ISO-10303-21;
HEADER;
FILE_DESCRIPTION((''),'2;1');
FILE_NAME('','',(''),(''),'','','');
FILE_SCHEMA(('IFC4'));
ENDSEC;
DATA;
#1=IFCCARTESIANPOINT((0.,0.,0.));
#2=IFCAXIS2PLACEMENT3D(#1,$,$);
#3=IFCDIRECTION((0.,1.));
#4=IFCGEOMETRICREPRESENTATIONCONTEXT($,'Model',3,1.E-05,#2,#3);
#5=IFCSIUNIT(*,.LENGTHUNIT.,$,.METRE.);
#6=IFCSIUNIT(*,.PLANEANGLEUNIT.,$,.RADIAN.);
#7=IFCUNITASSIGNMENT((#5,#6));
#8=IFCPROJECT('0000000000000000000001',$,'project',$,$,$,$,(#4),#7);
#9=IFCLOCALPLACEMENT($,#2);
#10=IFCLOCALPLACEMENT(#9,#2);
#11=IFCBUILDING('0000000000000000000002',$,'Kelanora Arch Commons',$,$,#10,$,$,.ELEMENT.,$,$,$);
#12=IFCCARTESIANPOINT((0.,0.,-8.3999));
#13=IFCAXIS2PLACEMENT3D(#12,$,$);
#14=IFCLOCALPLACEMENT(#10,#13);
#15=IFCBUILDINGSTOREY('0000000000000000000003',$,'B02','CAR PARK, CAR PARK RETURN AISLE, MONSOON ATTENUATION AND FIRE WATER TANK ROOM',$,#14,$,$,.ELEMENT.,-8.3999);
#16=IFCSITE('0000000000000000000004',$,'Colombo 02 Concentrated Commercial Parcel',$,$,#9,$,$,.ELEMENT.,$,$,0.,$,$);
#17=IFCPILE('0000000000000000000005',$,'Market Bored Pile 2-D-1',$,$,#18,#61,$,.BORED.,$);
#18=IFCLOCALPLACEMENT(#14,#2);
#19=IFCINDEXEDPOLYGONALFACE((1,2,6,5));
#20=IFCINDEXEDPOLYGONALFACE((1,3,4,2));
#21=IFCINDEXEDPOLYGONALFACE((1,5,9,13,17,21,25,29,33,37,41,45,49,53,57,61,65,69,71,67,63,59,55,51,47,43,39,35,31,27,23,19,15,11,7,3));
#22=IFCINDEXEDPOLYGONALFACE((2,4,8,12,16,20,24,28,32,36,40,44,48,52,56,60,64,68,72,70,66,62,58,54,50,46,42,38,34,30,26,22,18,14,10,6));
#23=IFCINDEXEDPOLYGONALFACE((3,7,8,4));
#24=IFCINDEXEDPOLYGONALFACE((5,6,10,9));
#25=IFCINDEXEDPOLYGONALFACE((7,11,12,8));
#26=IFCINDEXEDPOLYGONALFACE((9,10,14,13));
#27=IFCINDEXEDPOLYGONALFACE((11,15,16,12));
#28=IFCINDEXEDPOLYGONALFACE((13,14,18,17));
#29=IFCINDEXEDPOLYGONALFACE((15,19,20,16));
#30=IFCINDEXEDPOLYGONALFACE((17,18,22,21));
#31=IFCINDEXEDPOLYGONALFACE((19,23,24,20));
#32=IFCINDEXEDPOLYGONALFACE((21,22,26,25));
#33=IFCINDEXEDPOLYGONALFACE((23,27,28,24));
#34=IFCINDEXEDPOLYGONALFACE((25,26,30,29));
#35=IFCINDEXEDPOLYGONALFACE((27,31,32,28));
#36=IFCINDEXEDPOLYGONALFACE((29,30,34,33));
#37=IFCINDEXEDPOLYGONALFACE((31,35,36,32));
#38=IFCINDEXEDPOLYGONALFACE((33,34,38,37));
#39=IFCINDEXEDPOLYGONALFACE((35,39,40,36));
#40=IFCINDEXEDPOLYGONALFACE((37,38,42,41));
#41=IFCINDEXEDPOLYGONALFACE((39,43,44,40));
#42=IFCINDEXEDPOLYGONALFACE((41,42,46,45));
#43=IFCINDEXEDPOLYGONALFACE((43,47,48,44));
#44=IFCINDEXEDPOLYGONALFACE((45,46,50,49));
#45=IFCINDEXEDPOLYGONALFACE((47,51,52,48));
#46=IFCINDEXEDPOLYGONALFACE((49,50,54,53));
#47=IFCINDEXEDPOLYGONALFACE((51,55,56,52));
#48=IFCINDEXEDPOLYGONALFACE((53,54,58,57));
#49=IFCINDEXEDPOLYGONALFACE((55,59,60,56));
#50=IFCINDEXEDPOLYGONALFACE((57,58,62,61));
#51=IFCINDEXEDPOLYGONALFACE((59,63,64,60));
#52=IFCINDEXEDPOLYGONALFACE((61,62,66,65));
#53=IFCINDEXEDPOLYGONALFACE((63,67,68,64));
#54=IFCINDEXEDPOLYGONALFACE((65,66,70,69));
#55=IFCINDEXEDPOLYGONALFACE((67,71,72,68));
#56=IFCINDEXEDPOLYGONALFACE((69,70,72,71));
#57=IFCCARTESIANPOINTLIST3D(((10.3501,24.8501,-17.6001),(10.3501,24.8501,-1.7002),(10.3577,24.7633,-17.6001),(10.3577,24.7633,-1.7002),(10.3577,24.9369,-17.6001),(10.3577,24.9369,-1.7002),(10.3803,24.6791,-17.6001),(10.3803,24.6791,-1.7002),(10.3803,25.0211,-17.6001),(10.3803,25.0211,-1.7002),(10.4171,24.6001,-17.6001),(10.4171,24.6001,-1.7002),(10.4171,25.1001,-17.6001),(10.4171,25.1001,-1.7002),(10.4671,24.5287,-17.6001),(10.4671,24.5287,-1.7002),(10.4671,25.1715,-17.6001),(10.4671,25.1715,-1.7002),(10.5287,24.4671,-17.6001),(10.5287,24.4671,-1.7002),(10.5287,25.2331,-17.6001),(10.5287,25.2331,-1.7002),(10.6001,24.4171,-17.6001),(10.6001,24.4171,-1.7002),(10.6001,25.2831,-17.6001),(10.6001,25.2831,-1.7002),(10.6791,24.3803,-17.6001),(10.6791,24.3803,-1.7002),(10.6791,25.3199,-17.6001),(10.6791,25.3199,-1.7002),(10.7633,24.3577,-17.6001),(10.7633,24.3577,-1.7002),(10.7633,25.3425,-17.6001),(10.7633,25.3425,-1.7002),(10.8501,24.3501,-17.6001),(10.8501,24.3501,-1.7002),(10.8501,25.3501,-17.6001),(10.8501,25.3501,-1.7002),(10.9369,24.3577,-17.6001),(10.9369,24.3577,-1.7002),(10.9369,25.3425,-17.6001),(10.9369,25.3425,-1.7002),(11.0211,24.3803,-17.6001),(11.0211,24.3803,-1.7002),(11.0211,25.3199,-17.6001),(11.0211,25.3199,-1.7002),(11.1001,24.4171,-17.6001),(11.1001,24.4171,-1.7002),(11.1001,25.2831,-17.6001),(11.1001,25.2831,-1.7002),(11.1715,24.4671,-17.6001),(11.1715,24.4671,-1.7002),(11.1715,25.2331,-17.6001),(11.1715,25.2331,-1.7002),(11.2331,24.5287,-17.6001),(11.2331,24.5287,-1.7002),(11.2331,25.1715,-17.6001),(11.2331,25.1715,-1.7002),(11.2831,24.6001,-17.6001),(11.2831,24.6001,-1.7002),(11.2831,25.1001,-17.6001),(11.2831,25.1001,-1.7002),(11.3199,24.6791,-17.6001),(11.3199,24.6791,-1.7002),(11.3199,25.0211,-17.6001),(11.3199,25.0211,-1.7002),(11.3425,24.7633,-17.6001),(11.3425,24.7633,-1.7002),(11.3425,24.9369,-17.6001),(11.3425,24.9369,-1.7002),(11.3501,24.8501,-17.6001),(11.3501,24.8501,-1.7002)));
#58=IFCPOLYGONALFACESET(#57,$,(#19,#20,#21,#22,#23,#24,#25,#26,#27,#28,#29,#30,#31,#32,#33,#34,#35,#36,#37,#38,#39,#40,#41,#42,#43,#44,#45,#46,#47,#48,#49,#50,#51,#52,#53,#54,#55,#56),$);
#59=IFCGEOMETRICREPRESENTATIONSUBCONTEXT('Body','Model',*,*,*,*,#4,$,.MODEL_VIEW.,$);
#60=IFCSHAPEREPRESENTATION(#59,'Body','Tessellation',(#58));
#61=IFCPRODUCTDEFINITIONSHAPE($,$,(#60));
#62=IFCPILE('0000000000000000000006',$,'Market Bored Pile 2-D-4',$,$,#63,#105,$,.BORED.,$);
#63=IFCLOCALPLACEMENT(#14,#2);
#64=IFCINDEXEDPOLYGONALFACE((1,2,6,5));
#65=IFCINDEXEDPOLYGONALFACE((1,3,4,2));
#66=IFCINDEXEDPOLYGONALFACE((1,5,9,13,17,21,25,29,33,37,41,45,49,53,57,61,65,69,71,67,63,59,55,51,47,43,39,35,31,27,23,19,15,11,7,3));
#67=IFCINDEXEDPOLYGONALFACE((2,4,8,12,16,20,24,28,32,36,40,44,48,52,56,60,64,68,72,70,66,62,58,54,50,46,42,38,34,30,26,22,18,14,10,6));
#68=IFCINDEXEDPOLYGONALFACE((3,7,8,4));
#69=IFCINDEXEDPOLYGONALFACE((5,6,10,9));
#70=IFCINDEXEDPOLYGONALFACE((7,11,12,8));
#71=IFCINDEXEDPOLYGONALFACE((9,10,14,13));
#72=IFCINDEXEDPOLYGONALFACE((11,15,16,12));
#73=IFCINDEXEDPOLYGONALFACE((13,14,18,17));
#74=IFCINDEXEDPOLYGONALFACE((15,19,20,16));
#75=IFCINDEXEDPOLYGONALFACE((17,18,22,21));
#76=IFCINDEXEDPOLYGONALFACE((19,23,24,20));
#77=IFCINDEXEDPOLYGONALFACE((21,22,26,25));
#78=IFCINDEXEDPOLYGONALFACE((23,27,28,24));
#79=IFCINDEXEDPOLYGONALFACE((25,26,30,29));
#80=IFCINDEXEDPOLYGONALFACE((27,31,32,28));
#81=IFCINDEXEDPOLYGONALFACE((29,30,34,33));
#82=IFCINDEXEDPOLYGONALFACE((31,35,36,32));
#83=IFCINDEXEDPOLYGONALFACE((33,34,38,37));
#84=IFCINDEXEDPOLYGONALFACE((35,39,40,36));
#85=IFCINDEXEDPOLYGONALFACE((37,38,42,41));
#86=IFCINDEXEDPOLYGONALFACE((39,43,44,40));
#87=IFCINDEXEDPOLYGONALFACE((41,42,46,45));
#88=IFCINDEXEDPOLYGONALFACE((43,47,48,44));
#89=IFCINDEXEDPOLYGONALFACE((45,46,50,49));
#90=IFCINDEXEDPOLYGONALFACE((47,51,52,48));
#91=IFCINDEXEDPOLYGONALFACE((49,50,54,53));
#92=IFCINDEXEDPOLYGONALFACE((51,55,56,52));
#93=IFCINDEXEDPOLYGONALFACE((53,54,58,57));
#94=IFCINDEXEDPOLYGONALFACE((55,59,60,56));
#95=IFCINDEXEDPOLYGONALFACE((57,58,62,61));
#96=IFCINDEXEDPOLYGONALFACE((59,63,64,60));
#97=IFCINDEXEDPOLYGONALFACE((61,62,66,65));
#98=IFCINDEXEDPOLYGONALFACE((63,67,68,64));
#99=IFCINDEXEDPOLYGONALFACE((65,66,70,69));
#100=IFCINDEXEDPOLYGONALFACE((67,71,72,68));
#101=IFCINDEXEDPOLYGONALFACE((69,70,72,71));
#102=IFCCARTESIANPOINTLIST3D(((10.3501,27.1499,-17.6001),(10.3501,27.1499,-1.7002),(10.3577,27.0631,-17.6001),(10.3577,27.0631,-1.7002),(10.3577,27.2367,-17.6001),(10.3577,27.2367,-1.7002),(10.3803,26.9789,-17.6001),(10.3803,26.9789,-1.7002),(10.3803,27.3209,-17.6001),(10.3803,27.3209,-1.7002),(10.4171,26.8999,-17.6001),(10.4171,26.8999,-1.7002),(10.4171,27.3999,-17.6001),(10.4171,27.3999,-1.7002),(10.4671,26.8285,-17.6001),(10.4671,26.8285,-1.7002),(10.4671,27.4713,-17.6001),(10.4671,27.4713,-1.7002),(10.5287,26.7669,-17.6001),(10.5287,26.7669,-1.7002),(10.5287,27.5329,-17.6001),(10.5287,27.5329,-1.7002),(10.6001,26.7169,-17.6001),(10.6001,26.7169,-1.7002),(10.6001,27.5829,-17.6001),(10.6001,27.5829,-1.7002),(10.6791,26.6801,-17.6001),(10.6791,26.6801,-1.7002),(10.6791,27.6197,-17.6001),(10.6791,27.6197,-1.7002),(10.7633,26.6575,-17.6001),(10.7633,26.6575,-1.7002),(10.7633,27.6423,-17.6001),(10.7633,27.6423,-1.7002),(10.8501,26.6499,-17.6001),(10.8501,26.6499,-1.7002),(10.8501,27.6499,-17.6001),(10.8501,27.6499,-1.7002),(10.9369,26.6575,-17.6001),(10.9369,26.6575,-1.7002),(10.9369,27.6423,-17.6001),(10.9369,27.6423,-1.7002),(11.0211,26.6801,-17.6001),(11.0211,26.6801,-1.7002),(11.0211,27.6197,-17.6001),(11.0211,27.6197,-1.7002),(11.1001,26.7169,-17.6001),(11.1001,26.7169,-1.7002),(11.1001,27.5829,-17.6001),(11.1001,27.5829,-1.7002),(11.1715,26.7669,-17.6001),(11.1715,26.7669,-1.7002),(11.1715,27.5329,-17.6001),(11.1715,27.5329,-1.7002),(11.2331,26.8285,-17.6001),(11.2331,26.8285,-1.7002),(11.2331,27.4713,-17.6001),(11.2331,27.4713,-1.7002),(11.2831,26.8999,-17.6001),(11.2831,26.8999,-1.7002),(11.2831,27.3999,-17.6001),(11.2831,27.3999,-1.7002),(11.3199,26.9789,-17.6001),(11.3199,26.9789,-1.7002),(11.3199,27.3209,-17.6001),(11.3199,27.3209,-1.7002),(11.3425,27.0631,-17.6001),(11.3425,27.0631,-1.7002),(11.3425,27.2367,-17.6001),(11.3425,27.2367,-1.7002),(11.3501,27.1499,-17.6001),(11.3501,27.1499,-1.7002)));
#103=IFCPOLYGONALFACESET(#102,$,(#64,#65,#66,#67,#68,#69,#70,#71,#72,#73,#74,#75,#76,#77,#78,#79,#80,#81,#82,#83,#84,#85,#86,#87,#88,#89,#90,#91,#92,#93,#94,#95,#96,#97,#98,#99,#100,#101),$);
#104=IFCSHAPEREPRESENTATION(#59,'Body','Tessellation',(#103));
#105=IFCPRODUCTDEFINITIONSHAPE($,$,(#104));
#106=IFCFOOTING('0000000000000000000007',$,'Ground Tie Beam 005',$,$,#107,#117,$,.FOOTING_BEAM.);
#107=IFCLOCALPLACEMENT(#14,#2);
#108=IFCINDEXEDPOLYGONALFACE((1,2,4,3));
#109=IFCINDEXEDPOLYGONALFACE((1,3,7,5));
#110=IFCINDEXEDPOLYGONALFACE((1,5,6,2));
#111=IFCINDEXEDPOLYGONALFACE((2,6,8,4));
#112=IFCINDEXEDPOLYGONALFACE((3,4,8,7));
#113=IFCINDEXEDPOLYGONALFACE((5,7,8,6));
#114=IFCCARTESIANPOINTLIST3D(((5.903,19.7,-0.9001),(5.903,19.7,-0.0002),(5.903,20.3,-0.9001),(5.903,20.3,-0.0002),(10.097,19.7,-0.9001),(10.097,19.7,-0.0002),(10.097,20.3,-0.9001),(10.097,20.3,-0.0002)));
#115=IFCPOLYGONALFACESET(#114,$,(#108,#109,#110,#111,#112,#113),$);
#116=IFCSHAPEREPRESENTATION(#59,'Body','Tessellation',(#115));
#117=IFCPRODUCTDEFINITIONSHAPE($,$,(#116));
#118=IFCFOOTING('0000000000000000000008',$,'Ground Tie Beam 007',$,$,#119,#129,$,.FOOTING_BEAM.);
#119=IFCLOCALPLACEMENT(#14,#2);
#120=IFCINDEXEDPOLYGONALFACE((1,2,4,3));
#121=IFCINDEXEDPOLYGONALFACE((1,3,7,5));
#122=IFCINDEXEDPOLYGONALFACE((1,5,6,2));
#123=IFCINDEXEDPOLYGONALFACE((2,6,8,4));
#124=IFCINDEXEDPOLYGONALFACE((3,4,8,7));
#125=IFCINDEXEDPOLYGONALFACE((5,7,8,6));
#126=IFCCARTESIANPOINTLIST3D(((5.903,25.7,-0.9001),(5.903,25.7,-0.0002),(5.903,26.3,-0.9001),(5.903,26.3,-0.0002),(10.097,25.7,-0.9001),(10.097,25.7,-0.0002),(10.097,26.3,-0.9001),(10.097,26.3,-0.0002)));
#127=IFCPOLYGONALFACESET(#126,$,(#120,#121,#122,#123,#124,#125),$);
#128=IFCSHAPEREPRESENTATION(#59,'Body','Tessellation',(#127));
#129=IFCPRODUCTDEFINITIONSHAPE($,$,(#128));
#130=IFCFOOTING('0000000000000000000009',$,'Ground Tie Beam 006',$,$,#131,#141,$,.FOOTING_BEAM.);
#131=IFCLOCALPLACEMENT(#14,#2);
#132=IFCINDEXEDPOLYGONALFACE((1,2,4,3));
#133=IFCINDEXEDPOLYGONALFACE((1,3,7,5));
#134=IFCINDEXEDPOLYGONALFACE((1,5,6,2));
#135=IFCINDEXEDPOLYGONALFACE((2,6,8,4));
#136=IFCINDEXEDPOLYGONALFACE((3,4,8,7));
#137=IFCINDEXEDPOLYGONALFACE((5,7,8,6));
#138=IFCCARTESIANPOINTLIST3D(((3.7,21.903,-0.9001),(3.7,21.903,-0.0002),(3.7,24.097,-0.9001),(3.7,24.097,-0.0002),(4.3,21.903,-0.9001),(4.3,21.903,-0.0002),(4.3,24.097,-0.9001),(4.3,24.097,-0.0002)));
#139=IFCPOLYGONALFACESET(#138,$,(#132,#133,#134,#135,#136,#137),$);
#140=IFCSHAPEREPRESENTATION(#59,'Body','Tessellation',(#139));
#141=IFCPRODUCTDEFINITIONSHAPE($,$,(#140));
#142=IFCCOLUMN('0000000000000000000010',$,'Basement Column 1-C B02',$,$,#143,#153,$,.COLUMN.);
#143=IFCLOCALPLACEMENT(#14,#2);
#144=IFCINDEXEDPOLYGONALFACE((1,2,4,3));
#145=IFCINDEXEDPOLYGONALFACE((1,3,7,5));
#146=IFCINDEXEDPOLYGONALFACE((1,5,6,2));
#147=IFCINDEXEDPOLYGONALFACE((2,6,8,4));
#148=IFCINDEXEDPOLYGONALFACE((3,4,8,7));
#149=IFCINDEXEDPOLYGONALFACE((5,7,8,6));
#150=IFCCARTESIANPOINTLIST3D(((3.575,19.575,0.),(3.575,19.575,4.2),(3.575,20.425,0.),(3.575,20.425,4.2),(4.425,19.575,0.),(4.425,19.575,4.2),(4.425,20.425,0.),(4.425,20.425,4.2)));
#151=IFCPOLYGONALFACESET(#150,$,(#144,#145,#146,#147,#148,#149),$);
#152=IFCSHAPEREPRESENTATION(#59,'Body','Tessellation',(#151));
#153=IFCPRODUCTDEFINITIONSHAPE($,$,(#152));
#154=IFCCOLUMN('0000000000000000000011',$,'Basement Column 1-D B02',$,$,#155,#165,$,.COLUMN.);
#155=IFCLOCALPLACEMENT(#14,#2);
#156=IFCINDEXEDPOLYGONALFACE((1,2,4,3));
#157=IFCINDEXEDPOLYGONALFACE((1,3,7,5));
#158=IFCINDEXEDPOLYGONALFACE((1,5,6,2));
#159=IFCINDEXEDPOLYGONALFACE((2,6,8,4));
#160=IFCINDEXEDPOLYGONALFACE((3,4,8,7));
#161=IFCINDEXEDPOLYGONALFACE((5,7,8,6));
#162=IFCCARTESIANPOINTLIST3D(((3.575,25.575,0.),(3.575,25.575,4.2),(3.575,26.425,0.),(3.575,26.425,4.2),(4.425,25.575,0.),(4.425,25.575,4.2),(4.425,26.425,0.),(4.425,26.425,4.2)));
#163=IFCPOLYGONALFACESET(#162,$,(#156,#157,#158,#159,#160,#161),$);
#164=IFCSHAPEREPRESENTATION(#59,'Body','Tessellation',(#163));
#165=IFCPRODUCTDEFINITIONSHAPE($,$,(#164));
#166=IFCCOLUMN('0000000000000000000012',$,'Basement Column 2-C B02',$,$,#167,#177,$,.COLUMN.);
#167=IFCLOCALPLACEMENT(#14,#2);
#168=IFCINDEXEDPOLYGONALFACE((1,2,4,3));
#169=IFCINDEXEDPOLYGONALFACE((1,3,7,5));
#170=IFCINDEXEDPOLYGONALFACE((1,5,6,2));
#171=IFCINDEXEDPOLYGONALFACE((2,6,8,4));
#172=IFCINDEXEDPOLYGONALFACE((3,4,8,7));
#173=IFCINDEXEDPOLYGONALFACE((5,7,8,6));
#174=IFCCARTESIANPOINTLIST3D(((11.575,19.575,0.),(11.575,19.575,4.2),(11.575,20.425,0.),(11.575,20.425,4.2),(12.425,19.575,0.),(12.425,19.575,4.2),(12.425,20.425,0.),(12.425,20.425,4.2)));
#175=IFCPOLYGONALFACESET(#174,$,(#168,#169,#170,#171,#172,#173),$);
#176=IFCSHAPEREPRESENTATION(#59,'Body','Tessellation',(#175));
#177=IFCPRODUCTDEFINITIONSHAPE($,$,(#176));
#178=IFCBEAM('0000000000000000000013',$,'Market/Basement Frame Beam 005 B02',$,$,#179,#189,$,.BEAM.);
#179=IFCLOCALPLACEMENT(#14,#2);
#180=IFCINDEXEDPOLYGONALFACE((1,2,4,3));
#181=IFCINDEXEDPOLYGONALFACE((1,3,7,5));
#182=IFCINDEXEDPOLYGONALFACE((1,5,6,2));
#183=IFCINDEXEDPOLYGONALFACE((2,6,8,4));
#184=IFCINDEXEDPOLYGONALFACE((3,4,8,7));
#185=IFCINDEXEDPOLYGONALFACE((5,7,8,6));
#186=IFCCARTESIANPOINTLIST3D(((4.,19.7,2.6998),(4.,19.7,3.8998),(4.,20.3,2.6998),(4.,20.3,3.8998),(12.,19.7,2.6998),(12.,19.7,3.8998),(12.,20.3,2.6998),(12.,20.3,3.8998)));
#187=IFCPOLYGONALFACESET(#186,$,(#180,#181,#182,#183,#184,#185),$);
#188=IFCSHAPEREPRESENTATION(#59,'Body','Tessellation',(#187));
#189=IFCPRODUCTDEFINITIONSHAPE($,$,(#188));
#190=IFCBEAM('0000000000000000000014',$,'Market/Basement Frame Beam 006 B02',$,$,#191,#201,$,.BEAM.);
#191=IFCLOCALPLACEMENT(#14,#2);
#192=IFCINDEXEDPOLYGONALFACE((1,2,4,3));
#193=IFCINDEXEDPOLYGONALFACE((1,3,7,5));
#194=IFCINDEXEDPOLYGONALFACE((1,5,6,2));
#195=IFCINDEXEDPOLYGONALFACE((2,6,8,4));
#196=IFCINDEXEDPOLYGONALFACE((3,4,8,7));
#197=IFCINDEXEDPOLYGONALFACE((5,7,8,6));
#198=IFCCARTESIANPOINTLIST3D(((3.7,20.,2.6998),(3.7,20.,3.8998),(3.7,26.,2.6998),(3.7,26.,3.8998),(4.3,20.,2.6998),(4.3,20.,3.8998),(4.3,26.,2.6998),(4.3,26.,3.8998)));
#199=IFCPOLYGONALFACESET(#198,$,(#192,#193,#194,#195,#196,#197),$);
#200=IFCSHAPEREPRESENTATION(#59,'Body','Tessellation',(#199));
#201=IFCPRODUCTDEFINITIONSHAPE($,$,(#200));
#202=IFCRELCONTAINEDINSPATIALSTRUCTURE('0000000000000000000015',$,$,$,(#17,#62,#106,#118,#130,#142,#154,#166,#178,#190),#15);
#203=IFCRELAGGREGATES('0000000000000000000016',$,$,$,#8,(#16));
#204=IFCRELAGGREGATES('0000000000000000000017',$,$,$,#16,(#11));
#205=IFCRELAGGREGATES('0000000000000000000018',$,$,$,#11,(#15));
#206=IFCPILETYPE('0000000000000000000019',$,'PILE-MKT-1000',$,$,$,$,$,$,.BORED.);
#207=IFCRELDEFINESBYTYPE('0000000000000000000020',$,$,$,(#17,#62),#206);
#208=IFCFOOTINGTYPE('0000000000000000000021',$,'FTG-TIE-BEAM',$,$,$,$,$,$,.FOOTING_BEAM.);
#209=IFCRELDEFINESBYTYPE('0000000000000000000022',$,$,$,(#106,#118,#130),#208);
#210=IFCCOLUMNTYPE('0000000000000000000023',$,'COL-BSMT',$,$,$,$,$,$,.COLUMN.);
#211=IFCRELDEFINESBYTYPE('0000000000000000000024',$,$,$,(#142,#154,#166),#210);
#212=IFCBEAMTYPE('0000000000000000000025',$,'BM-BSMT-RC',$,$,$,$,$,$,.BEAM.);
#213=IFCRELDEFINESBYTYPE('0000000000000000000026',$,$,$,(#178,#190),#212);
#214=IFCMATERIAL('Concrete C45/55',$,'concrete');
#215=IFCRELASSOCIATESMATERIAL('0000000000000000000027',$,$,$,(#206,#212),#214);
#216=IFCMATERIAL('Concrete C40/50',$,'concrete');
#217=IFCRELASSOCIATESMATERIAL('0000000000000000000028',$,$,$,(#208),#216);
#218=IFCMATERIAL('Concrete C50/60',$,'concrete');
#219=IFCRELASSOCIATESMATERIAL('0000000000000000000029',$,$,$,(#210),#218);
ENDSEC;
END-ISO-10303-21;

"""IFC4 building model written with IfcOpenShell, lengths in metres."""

from ifc_helpers import new_model, si_unit, direction, frame, origin, origin_2d, place, context, subcontext, project, spatial, rectangle, circle, extrude, source, transform, mapped, material, material_profile, profile_set, type_object, element, save


model = new_model("IFC4")

# Units and contexts
model_context = context("Model", 3, precision=1e-05, world=origin(), true_north=direction((0.0, 1.0)))
body_context = subcontext(model_context, "Body", "Model", "MODEL_VIEW")
ifc_project = project(units=[si_unit("LENGTHUNIT", "METRE"), si_unit("PLANEANGLEUNIT", "RADIAN")], contexts=[model_context])

# Site, building, storey
site_placement = place(None, origin())
site = spatial("IfcSite", under=ifc_project, at=site_placement, Name="Colombo 02 Concentrated Commercial Parcel", CompositionType="ELEMENT", RefElevation=0.0)
building_placement = place(site_placement, origin())
building = spatial("IfcBuilding", under=site, at=building_placement, Name="Kelanora Arch Commons", CompositionType="ELEMENT")
storey_placement = place(building_placement, frame((0.0, 0.0, -8.3999)))
storey = spatial("IfcBuildingStorey", under=building, at=storey_placement, Name="B02", Description="CAR PARK, CAR PARK RETURN AISLE, MONSOON ATTENUATION AND FIRE WATER TANK ROOM", CompositionType="ELEMENT", Elevation=-8.3999)

# Shared definitions
ifc_material_1 = material(Name="Concrete C40/50", Category="concrete")

# Piles
ifc_material_2 = material(Name="Concrete C45/55", Category="concrete")
ifc_material_profile_1 = material_profile(ifc_material_2, circle(Radius=0.5, at=origin_2d()), Name="PILE1000")
ifc_profile_set_1 = profile_set([ifc_material_profile_1], Name="Concrete C45/55")
pile_type = type_object("IfcPileType", Name="PILE-MKT-1000", PredefinedType="BORED", material=ifc_profile_set_1)
shared_shape_1 = source(origin(), body_context, "Body", "SweptSolid", [
    extrude(circle(Radius=0.5, at=origin_2d()), origin(), (0.0, 0.0, 1.0), 15.8999),
])
for number, where, z_axis, x_axis, name in (
    (1, (10.8501, 24.8501, -1.7002), (0.0, 0.0, -1.0), (1.0, 0.0, 0.0), "Market Bored Pile 2-D-1"),
    (2, (10.8501, 27.1499, -1.7002), (0.0, 0.0, -1.0), (1.0, 0.0, 0.0), "Market Bored Pile 2-D-4"),
):
    element("IfcPile", number, at=place(storey_placement, frame(where, z_axis=z_axis, x_axis=x_axis)), inside=storey, type_object=pile_type, Name=name, PredefinedType="BORED", context=body_context, shape_type="MappedRepresentation", body=[
        mapped(shared_shape_1, transform((0.0, 0.0, 0.0), scale=1.0)),
    ])

# Footings
footing_type_1 = type_object("IfcFootingType", Name="FTG-TIE-BEAM", PredefinedType="FOOTING_BEAM", material=ifc_material_1)
shared_shape_2 = source(origin(), body_context, "Body", "SweptSolid", [
    extrude(rectangle(XDim=4.1941, YDim=0.6001, at=origin_2d()), origin(), (0.0, 0.0, 1.0), 0.8999),
])
for number, where, z_axis, x_axis, name in (
    (3, (8.0, 20.0, -0.9001), (0.0, 0.0, 1.0), (1.0, 0.0, 0.0), "Ground Tie Beam 005"),
    (4, (8.0, 26.0, -0.9001), (0.0, 0.0, 1.0), (1.0, 0.0, 0.0), "Ground Tie Beam 007"),
):
    element("IfcFooting", number, at=place(storey_placement, frame(where, z_axis=z_axis, x_axis=x_axis)), inside=storey, type_object=footing_type_1, Name=name, PredefinedType="FOOTING_BEAM", context=body_context, shape_type="MappedRepresentation", body=[
        mapped(shared_shape_2, transform((0.0, 0.0, 0.0), scale=1.0)),
    ])
shared_shape_3 = source(origin(), body_context, "Body", "SweptSolid", [
    extrude(rectangle(XDim=2.1941, YDim=0.6001, at=origin_2d()), origin(), (0.0, 0.0, 1.0), 0.8999),
])
footing_placement = place(storey_placement, frame((4.0, 23.0, -0.9001), z_axis=(0.0, 0.0, 1.0), x_axis=(0.0, 1.0, 0.0)))
element("IfcFooting", 5, at=footing_placement, inside=storey, type_object=footing_type_1, Name="Ground Tie Beam 006", PredefinedType="FOOTING_BEAM", context=body_context, shape_type="MappedRepresentation", body=[
    mapped(shared_shape_3, transform((0.0, 0.0, 0.0), scale=1.0)),
])

# Columns
ifc_material_3 = material(Name="Concrete C50/60", Category="concrete")
ifc_material_profile_2 = material_profile(ifc_material_3, rectangle(XDim=0.8501, YDim=0.8501, at=origin_2d()), Name="RC850x850")
ifc_profile_set_2 = profile_set([ifc_material_profile_2], Name="Concrete C50/60")
column_type = type_object("IfcColumnType", Name="COL-BSMT", PredefinedType="COLUMN", material=ifc_profile_set_2)
for number, where, z_axis, x_axis, name in (
    (6, (4.0, 20.0, 0.0), (0.0, 0.0, 1.0), (1.0, 0.0, 0.0), "Basement Column 1-C B02"),
    (7, (4.0, 26.0, 0.0), (0.0, 0.0, 1.0), (1.0, 0.0, 0.0), "Basement Column 1-D B02"),
    (8, (12.0, 20.0, 0.0), (0.0, 0.0, 1.0), (1.0, 0.0, 0.0), "Basement Column 2-C B02"),
):
    element("IfcColumn", number, at=place(storey_placement, frame(where, z_axis=z_axis, x_axis=x_axis)), inside=storey, type_object=column_type, Name=name, PredefinedType="COLUMN", context=body_context, shape_type="SweptSolid", body=[
        extrude(rectangle(XDim=0.8501, YDim=0.8501, at=origin_2d()), origin(), (0.0, 0.0, 1.0), 4.2),
    ])

# Beams
ifc_material_profile_3 = material_profile(ifc_material_2, rectangle(XDim=0.6001, YDim=1.2, at=origin_2d()), Name="RCB600x1200")
ifc_profile_set_3 = profile_set([ifc_material_profile_3], Name="Concrete C45/55")
beam_type = type_object("IfcBeamType", Name="BM-BSMT-RC", PredefinedType="BEAM", material=ifc_profile_set_3)
beam_1_placement = place(storey_placement, frame((4.0, 20.0, 3.2998), z_axis=(1.0, 0.0, 0.0), x_axis=(0.0, 1.0, 0.0)))
element("IfcBeam", 9, at=beam_1_placement, inside=storey, type_object=beam_type, Name="Market/Basement Frame Beam 005 B02", PredefinedType="BEAM", context=body_context, shape_type="SweptSolid", body=[
    extrude(rectangle(XDim=0.6001, YDim=1.2, at=origin_2d()), origin(), (0.0, 0.0, 1.0), 8.0),
])
beam_2_placement = place(storey_placement, frame((4.0, 20.0, 3.2998), z_axis=(0.0, 1.0, 0.0), x_axis=(-1.0, 0.0, 0.0)))
element("IfcBeam", 10, at=beam_2_placement, inside=storey, type_object=beam_type, Name="Market/Basement Frame Beam 006 B02", PredefinedType="BEAM", context=body_context, shape_type="SweptSolid", body=[
    extrude(rectangle(XDim=0.6001, YDim=1.2, at=origin_2d()), origin(), (0.0, 0.0, 1.0), 6.0),
])

save(model, "model.ifc")
